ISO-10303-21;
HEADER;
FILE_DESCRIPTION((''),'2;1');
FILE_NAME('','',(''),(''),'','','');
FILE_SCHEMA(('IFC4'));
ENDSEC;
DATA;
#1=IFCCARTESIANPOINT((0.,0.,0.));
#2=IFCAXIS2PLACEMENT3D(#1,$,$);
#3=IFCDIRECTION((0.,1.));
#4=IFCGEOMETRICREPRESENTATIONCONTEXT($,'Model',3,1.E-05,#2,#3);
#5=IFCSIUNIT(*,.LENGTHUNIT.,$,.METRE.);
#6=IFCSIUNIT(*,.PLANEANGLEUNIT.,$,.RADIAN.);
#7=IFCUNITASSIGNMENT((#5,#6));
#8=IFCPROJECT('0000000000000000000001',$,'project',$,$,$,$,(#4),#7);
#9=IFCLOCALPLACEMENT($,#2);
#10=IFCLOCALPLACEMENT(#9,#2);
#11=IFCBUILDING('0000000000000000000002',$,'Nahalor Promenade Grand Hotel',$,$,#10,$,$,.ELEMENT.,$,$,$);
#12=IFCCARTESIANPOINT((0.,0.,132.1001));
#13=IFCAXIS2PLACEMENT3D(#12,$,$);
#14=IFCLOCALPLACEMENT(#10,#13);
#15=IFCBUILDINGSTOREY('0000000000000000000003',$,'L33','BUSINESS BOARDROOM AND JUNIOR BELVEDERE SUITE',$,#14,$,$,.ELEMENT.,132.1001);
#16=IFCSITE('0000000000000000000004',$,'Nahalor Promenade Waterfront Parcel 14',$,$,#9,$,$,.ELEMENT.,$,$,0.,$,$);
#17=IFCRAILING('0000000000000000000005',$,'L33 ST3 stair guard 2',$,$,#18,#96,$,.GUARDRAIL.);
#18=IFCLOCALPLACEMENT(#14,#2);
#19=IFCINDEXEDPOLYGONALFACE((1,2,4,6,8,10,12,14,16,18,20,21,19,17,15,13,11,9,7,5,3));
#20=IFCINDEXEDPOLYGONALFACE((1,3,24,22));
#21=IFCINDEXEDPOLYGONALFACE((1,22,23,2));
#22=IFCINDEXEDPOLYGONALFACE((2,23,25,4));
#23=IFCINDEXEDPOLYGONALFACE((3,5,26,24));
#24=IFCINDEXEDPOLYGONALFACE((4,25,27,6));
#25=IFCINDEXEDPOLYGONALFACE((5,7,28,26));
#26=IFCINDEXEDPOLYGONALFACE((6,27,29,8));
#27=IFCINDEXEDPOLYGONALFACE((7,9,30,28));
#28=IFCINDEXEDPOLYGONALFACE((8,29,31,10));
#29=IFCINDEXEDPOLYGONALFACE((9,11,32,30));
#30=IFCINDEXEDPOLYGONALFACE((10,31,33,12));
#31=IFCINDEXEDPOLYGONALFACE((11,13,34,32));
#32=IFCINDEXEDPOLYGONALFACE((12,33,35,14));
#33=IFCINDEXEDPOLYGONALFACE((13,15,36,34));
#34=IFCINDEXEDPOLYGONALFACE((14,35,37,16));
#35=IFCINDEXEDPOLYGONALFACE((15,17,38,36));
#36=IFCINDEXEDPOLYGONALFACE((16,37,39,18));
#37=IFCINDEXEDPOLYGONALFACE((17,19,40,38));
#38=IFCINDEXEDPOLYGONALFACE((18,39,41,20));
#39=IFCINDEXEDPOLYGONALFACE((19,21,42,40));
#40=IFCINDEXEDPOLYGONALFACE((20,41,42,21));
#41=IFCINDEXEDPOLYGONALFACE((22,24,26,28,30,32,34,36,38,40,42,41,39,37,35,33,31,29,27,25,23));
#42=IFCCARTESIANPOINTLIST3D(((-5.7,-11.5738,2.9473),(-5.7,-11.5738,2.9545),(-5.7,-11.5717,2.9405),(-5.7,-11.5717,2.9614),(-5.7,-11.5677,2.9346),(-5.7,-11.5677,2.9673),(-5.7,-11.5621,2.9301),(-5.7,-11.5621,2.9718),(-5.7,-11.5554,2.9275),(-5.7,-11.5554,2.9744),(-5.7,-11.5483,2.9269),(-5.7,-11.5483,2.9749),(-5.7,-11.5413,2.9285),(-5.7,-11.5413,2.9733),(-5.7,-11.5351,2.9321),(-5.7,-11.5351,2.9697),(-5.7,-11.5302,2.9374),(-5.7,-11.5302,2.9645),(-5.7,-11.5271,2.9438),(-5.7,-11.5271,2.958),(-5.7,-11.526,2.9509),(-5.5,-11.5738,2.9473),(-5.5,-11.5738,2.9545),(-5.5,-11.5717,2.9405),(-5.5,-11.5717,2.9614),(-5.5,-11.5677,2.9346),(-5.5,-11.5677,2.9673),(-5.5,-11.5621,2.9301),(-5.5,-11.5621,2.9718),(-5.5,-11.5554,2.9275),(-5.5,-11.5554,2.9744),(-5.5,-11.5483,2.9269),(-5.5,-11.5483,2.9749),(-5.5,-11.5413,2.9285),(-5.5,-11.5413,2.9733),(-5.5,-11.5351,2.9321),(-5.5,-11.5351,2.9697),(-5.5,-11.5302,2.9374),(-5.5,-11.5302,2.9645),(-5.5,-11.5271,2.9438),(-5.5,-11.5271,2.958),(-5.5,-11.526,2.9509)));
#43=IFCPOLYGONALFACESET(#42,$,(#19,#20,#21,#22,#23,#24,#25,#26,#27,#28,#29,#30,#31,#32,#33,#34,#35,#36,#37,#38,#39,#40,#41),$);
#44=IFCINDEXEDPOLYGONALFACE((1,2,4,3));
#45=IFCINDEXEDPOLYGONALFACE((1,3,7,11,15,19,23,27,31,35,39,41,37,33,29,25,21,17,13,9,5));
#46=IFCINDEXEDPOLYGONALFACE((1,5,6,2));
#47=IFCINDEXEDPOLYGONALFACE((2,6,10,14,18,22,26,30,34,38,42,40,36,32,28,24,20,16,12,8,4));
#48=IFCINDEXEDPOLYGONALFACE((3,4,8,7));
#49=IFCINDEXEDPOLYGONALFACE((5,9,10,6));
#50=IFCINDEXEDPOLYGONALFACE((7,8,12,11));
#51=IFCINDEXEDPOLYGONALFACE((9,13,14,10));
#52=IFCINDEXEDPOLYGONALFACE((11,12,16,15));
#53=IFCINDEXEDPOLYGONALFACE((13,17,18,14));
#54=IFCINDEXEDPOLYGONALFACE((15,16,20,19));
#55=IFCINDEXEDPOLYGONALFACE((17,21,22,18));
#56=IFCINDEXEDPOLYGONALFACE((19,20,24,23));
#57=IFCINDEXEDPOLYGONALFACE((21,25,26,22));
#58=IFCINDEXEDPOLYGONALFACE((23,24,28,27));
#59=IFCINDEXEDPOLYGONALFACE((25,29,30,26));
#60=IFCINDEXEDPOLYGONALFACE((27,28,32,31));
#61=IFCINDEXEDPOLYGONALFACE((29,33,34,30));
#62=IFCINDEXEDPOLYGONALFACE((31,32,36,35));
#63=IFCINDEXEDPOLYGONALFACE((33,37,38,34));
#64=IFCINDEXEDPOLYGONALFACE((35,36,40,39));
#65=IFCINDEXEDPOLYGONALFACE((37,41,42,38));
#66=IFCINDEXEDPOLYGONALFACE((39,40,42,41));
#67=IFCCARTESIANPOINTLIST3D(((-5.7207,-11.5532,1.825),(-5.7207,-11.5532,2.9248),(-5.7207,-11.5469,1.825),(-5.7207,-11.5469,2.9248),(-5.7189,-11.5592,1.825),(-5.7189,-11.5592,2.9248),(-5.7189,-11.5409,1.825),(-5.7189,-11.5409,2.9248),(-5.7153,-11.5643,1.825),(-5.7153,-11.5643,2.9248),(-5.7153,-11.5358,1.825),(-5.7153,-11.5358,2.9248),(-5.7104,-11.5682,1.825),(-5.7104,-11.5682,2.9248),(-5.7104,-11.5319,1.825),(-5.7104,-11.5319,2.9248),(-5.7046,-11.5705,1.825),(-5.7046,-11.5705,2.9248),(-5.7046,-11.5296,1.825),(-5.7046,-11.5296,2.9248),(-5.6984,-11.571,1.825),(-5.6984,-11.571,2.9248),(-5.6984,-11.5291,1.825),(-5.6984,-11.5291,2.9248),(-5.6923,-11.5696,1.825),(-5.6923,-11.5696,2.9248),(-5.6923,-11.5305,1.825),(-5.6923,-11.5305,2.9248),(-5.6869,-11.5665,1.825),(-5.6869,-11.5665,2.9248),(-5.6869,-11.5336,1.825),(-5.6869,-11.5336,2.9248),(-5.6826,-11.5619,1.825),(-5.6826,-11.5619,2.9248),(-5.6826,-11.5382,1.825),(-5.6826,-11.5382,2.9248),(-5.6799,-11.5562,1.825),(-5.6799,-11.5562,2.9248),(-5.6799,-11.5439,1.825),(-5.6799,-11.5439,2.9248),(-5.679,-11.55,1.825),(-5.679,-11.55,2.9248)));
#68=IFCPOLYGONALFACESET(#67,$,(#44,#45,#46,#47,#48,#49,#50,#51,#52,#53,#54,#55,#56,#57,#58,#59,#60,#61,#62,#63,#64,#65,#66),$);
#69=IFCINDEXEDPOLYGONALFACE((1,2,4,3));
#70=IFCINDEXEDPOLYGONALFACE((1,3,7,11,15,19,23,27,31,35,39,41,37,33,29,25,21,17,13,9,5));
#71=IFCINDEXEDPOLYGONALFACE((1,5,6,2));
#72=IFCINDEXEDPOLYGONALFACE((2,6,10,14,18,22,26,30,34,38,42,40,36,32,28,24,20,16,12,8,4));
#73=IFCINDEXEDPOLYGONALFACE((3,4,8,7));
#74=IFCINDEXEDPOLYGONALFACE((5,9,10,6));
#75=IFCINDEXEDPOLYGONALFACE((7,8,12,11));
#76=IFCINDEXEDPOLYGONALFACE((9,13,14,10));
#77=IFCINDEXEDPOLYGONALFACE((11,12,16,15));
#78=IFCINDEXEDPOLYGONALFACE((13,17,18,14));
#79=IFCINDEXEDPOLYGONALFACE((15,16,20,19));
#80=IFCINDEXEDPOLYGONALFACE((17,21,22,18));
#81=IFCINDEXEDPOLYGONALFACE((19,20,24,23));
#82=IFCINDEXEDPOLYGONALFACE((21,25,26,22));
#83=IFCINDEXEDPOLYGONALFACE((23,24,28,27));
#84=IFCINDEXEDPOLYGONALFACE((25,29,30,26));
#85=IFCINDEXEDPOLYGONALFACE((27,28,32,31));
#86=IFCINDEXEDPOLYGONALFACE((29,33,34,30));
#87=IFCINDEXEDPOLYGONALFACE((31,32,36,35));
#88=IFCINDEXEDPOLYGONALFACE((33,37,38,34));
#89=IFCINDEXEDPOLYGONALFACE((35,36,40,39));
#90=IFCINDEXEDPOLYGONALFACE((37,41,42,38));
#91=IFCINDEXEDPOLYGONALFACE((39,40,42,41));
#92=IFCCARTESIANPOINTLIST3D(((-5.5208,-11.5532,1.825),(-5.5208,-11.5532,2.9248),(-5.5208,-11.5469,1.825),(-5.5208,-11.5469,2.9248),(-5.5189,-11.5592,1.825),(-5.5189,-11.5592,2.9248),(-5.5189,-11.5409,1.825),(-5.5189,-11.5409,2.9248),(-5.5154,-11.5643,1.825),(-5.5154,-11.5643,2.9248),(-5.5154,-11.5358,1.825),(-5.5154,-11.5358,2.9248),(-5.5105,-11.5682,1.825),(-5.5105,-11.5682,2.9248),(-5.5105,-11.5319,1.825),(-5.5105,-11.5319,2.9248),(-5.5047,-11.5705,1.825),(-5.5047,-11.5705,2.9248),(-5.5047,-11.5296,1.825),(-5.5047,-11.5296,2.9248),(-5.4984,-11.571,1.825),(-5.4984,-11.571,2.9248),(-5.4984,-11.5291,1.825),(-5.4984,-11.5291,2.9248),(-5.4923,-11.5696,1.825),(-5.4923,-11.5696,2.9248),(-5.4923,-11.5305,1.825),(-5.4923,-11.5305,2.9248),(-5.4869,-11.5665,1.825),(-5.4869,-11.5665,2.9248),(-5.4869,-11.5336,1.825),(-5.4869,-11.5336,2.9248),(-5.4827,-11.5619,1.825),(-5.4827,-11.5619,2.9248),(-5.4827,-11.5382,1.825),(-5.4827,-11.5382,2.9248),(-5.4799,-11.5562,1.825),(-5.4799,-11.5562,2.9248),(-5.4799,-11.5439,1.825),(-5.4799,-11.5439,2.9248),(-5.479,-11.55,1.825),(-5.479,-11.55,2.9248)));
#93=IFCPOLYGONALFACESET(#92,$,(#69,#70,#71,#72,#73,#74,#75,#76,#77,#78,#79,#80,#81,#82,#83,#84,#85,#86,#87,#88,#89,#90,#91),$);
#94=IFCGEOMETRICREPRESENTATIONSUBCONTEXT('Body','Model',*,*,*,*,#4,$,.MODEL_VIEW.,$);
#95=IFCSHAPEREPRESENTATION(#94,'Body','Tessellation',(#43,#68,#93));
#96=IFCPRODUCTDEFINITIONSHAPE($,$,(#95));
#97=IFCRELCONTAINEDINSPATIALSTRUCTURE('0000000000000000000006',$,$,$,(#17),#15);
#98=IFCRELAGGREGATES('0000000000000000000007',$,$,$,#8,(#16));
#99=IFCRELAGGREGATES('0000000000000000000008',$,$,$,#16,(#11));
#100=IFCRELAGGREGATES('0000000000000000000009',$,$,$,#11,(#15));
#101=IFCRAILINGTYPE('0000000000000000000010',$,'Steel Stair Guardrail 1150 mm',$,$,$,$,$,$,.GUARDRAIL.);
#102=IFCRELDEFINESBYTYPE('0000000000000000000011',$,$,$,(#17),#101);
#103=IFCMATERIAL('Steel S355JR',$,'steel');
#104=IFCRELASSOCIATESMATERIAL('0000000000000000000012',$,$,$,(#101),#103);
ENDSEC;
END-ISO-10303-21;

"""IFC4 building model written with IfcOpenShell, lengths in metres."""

from ifc_helpers import new_model, si_unit, direction, frame, origin, origin_2d, place, context, subcontext, project, spatial, circle, extrude, material, type_object, element, save


model = new_model("IFC4")

# Units and contexts
model_context = context("Model", 3, precision=1e-05, world=origin(), true_north=direction((0.0, 1.0)))
body_context = subcontext(model_context, "Body", "Model", "MODEL_VIEW")
ifc_project = project(units=[si_unit("LENGTHUNIT", "METRE"), si_unit("PLANEANGLEUNIT", "RADIAN")], contexts=[model_context])

# Site, building, storey
site_placement = place(None, origin())
site = spatial("IfcSite", under=ifc_project, at=site_placement, Name="Nahalor Promenade Waterfront Parcel 14", CompositionType="ELEMENT", RefElevation=0.0)
building_placement = place(site_placement, origin())
building = spatial("IfcBuilding", under=site, at=building_placement, Name="Nahalor Promenade Grand Hotel", CompositionType="ELEMENT")
storey_placement = place(building_placement, frame((0.0, 0.0, 132.1001)))
storey = spatial("IfcBuildingStorey", under=building, at=storey_placement, Name="L33", Description="BUSINESS BOARDROOM AND JUNIOR BELVEDERE SUITE", CompositionType="ELEMENT", Elevation=132.1001)

# Shared definitions
ifc_material_1 = material(Name="Steel S355JR", Category="steel")

# Railing
railing_type_1 = type_object("IfcRailingType", Name="Steel Stair Guardrail 1150 mm", PredefinedType="GUARDRAIL", material=ifc_material_1)
railing_1_placement = place(storey_placement, frame((-5.7, -11.55, 1.825)))
element("IfcRailing", 1, at=railing_1_placement, inside=storey, type_object=railing_type_1, Name="L33 ST3 stair guard 2", PredefinedType="GUARDRAIL", context=body_context, shape_type="SweptSolid", body=[
    extrude(circle(Radius=0.024, at=origin_2d()), frame((0.0, 0.0, 1.126), z_axis=(1.0, 0.0, 0.0), x_axis=(0.0, 1.0, 0.0)), (0.0, 0.0, 1.0), 0.2),
    extrude(circle(Radius=0.021, at=origin_2d()), origin(), (0.0, 0.0, 1.0), 1.0999),
    extrude(circle(Radius=0.021, at=origin_2d()), frame((0.2, 0.0, 0.0)), (0.0, 0.0, 1.0), 1.0999),
])

save(model, "model.ifc")
